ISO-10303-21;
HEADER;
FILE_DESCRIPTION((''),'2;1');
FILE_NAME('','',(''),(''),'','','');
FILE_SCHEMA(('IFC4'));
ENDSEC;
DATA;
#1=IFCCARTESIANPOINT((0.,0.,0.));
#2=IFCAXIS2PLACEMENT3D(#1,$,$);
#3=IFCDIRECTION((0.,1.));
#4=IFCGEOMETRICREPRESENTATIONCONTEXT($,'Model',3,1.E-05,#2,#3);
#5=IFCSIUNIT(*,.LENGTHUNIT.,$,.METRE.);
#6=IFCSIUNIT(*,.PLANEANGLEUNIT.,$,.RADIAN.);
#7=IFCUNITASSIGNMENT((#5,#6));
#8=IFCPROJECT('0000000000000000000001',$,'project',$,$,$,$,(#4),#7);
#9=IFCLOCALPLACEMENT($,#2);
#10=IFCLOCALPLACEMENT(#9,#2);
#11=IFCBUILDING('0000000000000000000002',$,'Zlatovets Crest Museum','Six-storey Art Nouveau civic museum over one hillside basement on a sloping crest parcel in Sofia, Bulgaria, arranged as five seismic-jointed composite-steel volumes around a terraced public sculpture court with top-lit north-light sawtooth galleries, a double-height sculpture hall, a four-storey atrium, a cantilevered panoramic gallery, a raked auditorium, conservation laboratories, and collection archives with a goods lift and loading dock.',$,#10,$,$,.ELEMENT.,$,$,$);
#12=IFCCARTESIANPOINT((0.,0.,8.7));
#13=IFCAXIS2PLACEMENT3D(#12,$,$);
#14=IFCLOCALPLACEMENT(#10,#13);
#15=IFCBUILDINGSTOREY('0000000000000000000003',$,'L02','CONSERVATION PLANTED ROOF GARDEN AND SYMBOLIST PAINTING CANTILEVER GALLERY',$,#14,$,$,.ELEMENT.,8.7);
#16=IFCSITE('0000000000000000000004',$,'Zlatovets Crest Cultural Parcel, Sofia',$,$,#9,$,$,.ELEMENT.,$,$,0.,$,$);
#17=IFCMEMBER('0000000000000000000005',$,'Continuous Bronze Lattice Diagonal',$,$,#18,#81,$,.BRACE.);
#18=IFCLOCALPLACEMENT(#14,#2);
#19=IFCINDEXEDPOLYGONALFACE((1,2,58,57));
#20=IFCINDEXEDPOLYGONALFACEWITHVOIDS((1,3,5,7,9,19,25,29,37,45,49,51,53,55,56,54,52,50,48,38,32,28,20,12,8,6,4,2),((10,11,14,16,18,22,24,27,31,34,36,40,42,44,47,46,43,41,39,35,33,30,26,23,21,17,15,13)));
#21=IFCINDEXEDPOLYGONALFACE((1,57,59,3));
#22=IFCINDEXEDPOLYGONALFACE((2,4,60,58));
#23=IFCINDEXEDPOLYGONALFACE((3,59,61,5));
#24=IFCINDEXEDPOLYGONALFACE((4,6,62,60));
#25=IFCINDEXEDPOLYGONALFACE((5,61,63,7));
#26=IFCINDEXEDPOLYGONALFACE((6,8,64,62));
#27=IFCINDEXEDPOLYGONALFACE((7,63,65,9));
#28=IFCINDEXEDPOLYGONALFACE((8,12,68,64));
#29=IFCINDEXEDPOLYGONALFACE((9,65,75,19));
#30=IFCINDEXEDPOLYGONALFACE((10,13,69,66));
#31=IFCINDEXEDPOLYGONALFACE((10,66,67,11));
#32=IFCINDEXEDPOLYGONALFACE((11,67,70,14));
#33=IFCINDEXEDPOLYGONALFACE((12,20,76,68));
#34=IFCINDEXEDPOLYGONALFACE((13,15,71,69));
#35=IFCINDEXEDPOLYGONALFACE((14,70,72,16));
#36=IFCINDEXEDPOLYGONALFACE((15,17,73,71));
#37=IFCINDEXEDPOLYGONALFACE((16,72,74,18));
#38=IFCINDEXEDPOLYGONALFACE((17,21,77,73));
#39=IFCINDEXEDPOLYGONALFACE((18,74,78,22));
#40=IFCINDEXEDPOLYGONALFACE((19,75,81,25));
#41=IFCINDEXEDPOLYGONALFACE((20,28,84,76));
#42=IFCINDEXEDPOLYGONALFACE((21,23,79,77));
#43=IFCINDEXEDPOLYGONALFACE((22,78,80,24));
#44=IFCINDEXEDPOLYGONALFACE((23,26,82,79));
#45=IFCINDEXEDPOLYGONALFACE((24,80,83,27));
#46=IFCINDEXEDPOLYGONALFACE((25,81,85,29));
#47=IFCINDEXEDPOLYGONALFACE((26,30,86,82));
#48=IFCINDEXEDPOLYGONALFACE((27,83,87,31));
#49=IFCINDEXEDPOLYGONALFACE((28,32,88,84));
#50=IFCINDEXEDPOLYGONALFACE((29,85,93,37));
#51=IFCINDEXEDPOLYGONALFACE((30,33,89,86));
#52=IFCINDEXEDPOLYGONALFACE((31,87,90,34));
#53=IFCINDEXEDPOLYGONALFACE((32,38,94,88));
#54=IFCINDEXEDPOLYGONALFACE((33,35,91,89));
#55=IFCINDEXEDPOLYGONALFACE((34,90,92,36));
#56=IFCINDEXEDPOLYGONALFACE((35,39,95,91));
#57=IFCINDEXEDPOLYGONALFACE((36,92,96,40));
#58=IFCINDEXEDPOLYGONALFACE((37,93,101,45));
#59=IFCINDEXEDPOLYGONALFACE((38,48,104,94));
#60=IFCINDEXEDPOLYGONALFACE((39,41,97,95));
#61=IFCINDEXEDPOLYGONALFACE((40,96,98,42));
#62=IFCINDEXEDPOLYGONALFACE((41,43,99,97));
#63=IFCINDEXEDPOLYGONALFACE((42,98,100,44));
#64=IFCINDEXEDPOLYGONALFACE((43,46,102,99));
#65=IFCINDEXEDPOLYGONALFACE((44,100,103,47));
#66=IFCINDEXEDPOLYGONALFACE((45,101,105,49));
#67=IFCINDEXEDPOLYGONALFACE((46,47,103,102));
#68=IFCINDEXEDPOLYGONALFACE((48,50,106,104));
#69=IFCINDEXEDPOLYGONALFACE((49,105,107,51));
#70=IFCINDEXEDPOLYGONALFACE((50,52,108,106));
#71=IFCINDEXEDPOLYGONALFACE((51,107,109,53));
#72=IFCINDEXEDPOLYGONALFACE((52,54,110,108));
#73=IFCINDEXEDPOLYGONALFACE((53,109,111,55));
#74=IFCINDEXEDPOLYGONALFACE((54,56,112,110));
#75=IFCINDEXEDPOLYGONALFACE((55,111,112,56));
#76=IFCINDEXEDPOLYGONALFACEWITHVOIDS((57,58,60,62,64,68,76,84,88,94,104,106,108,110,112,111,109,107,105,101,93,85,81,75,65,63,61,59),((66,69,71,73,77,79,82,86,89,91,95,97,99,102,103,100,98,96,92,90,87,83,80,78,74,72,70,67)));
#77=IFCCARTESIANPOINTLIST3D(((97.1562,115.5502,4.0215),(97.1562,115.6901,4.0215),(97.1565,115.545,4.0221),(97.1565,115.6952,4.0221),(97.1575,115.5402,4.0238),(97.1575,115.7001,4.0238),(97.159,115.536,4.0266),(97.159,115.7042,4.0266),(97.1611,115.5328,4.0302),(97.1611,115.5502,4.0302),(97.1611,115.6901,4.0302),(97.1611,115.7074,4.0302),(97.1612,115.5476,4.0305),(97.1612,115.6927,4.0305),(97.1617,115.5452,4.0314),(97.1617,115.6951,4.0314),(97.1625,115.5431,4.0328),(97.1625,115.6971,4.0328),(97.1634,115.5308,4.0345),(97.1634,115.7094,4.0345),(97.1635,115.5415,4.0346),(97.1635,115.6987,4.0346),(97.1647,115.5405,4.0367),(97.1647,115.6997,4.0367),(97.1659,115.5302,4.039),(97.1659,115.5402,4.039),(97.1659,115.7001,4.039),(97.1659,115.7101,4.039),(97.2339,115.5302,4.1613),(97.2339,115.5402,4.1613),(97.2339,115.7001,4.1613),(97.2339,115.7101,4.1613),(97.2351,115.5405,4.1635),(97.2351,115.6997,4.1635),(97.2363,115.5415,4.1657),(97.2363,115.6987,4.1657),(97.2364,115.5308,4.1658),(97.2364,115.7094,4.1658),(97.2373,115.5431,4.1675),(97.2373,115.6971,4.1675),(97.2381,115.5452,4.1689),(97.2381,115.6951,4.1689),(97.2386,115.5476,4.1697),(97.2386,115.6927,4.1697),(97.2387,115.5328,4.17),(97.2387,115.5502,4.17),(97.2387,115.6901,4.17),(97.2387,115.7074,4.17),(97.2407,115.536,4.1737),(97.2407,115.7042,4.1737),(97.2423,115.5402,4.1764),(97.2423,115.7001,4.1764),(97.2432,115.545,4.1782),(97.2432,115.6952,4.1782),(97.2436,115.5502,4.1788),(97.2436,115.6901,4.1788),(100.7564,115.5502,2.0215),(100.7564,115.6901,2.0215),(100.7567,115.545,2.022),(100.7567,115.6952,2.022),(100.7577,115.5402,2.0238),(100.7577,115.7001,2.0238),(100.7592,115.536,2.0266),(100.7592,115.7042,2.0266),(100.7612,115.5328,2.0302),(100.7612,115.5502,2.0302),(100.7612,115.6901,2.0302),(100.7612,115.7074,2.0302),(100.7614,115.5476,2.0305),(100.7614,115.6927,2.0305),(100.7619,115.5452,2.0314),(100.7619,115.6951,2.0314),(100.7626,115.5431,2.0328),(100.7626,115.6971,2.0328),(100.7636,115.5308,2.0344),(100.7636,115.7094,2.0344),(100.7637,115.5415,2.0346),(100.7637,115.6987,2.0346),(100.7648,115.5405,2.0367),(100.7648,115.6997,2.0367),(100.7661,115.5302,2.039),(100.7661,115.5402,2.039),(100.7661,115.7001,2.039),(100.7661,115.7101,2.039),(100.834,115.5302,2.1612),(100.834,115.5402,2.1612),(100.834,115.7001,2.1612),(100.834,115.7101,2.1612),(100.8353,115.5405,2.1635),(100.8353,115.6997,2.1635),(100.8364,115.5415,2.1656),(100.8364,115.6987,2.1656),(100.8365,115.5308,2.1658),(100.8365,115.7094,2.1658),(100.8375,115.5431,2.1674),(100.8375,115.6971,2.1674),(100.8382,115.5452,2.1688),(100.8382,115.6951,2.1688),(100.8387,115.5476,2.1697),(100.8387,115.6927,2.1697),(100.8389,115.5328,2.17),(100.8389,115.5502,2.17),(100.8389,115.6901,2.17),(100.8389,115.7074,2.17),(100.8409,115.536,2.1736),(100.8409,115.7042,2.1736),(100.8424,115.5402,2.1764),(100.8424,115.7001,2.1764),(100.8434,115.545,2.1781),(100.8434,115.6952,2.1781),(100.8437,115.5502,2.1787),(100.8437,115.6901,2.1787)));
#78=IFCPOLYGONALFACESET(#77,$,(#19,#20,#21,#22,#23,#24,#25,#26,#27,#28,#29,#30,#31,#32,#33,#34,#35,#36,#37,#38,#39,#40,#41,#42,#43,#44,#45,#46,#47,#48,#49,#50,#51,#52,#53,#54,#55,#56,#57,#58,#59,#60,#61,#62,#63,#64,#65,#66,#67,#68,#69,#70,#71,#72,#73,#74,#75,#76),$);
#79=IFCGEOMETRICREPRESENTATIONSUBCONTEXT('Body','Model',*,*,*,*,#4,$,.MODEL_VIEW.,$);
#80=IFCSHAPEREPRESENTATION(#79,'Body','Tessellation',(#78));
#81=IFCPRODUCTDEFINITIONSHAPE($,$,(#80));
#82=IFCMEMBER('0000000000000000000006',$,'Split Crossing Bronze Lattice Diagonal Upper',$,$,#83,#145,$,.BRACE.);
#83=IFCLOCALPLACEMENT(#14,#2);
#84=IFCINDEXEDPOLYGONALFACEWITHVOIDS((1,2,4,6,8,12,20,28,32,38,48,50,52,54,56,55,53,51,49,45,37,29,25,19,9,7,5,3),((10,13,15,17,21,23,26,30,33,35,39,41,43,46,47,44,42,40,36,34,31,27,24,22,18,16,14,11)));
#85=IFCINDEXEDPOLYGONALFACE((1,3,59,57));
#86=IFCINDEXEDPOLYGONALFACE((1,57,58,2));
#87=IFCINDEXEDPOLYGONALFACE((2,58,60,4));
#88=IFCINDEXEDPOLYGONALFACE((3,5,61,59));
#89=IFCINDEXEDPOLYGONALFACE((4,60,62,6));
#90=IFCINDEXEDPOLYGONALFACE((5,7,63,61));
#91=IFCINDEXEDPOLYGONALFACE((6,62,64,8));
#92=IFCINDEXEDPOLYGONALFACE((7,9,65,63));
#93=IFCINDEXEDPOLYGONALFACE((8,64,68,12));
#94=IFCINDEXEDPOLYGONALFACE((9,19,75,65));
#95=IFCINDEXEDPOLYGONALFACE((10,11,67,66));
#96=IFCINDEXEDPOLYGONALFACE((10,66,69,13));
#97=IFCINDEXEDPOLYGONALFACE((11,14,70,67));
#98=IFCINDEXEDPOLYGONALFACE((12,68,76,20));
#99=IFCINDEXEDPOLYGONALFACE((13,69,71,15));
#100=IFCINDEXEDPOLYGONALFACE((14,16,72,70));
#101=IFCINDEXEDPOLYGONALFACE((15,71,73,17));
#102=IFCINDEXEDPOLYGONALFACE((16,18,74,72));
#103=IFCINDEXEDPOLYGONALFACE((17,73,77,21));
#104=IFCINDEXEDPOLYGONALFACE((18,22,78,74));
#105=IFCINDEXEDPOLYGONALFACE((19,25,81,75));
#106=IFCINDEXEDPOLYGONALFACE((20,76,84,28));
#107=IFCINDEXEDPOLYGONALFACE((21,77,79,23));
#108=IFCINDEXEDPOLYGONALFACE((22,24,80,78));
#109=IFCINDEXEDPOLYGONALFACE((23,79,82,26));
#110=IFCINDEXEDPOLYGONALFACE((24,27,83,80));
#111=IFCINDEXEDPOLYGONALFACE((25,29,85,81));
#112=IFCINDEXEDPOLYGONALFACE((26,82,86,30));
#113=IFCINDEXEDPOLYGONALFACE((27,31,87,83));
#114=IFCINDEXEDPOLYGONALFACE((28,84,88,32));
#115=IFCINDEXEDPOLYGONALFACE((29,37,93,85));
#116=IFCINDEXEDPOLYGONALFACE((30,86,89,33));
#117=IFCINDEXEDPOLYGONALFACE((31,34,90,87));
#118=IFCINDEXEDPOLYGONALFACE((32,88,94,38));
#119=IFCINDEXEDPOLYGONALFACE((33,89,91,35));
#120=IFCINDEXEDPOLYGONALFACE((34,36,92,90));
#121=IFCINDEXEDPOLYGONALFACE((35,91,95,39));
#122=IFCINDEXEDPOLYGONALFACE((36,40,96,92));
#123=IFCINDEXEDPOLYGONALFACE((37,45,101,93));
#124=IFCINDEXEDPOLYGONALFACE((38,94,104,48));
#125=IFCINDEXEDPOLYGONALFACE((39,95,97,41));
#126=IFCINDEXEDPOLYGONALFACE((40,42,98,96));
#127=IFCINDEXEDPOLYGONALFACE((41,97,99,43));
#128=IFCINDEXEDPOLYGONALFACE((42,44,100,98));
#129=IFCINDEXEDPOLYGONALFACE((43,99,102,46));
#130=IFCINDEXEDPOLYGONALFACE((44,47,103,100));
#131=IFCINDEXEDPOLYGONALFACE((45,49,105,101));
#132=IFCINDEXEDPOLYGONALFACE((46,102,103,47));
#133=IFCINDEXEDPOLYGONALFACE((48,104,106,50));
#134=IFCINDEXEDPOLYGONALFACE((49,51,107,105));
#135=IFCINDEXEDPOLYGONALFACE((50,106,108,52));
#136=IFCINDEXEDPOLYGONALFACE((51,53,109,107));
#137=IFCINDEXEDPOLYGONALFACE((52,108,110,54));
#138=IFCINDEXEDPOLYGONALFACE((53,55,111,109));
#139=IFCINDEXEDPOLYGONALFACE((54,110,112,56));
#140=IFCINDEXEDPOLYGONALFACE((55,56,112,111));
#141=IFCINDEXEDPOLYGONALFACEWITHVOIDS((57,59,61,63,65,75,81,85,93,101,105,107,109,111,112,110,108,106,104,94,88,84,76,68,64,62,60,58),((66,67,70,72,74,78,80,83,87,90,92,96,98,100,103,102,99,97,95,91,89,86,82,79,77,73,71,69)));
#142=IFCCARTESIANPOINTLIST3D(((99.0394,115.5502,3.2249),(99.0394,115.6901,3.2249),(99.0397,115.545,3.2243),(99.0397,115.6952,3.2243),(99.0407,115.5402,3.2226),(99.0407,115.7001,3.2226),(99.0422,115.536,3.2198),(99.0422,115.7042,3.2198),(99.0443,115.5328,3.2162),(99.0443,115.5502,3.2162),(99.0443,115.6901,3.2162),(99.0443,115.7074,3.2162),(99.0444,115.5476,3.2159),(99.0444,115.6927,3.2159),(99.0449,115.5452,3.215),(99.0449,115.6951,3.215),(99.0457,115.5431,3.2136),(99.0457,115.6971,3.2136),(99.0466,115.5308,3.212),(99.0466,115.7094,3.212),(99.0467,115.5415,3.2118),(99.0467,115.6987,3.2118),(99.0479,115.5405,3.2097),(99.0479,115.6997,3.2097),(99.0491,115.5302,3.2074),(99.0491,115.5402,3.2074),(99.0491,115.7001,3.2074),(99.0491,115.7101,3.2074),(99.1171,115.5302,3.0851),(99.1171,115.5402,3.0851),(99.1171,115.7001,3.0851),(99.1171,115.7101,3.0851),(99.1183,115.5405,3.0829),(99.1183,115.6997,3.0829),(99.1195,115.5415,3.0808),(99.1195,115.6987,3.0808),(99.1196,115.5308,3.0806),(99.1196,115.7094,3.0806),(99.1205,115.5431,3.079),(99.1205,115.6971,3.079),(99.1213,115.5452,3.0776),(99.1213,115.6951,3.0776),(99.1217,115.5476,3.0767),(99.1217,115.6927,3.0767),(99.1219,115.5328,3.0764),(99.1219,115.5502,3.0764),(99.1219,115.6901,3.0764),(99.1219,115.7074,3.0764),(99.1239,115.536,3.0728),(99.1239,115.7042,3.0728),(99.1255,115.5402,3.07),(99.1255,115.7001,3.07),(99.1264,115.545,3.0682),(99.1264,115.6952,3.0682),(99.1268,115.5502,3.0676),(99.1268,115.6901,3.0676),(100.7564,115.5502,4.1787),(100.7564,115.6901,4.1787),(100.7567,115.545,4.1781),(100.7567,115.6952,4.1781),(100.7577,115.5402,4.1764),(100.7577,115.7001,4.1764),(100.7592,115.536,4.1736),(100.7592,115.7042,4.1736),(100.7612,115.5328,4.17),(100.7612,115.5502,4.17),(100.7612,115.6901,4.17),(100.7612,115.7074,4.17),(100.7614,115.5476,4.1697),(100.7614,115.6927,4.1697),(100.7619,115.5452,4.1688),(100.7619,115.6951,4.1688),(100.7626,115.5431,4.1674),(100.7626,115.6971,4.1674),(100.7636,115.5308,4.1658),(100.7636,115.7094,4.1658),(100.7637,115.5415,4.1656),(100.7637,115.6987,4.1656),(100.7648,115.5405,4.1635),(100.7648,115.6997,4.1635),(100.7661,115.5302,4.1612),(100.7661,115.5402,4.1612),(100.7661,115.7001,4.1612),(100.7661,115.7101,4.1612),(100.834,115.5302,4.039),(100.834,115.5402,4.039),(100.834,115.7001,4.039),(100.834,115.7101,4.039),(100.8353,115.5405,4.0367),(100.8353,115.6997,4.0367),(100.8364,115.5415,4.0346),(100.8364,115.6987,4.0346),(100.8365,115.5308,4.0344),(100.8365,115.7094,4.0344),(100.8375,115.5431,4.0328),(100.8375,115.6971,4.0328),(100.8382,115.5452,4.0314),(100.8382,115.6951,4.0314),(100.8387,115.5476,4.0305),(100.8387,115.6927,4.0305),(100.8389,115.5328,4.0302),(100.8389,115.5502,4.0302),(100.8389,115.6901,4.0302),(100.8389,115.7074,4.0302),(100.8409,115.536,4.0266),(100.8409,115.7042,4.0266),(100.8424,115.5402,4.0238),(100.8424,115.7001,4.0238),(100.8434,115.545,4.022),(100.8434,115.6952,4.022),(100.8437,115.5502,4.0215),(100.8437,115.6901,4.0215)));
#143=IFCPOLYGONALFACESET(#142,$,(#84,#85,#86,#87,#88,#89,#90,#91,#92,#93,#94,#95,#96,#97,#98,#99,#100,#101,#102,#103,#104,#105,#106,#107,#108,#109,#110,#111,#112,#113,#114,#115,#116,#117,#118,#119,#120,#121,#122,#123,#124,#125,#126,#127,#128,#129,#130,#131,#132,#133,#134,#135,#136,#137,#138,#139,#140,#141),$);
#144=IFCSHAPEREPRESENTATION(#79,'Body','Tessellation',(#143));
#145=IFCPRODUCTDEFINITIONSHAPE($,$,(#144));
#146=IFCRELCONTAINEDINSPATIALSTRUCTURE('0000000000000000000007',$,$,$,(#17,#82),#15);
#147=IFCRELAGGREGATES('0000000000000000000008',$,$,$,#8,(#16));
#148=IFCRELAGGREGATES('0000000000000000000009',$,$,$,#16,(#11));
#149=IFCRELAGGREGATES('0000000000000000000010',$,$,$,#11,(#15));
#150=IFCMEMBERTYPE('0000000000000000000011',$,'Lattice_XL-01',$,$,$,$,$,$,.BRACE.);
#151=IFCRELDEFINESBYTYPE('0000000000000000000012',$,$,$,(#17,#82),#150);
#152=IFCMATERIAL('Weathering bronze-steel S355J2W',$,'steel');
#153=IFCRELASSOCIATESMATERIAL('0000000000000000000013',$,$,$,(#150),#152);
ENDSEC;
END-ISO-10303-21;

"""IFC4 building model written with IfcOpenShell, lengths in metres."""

from ifc_helpers import new_model, si_unit, direction, frame, origin, origin_2d, place, context, subcontext, project, spatial, hollow_rectangle, extrude, material, material_profile, profile_set, type_object, element, save


model = new_model("IFC4")

# Units and contexts
model_context = context("Model", 3, precision=1e-05, world=origin(), true_north=direction((0.0, 1.0)))
body_context = subcontext(model_context, "Body", "Model", "MODEL_VIEW")
ifc_project = project(units=[si_unit("LENGTHUNIT", "METRE"), si_unit("PLANEANGLEUNIT", "RADIAN")], contexts=[model_context])

# Site, building, storey
site_placement = place(None, origin())
site = spatial("IfcSite", under=ifc_project, at=site_placement, Name="Zlatovets Crest Cultural Parcel, Sofia", CompositionType="ELEMENT", RefElevation=0.0)
building_placement = place(site_placement, origin())
building = spatial("IfcBuilding", under=site, at=building_placement, Name="Zlatovets Crest Museum", Description="Six-storey Art Nouveau civic museum over one hillside basement on a sloping crest parcel in Sofia, Bulgaria, arranged as five seismic-jointed composite-steel volumes around a terraced public sculpture court with top-lit north-light sawtooth galleries, a double-height sculpture hall, a four-storey atrium, a cantilevered panoramic gallery, a raked auditorium, conservation laboratories, and collection archives with a goods lift and loading dock.", CompositionType="ELEMENT")
storey_placement = place(building_placement, frame((0.0, 0.0, 8.7)))
storey = spatial("IfcBuildingStorey", under=building, at=storey_placement, Name="L02", Description="CONSERVATION PLANTED ROOF GARDEN AND SYMBOLIST PAINTING CANTILEVER GALLERY", CompositionType="ELEMENT", Elevation=8.7)

# Members
ifc_material_1 = material(Name="Weathering bronze-steel S355J2W", Category="steel")
ifc_material_profile_1 = material_profile(ifc_material_1, hollow_rectangle(XDim=0.1799, YDim=0.1799, WallThickness=0.01, InnerFilletRadius=0.01, OuterFilletRadius=0.02, at=origin_2d()), Name="SHS 180x180x10.0")
ifc_profile_set_1 = profile_set([ifc_material_profile_1], Name="Weathering bronze-steel S355J2W")
member_type_1 = type_object("IfcMemberType", Name="Lattice_XL-01", PredefinedType="BRACE", material=ifc_profile_set_1)
member_1_placement = place(storey_placement, frame((100.8, 115.6201, 2.1001), z_axis=(-0.874163, 0.0, 0.485633), x_axis=(0.0, -1.0, 0.0)))
element("IfcMember", 1, at=member_1_placement, inside=storey, type_object=member_type_1, Name="Continuous Bronze Lattice Diagonal", PredefinedType="BRACE", context=body_context, shape_type="SweptSolid", body=[
    extrude(hollow_rectangle(XDim=0.1799, YDim=0.1799, WallThickness=0.01, InnerFilletRadius=0.01, OuterFilletRadius=0.02, at=origin_2d()), origin(), (0.0, 0.0, 1.0), 4.1184),
])
member_2_placement = place(storey_placement, frame((100.8, 115.6201, 4.1001), z_axis=(-0.874169, 0.0, -0.485622), x_axis=(0.0, -1.0, 0.0)))
element("IfcMember", 2, at=member_2_placement, inside=storey, type_object=member_type_1, Name="Split Crossing Bronze Lattice Diagonal Upper", PredefinedType="BRACE", context=body_context, shape_type="SweptSolid", body=[
    extrude(hollow_rectangle(XDim=0.1799, YDim=0.1799, WallThickness=0.01, InnerFilletRadius=0.01, OuterFilletRadius=0.02, at=origin_2d()), origin(), (0.0, 0.0, 1.0), 1.9641),
])

save(model, "model.ifc")
